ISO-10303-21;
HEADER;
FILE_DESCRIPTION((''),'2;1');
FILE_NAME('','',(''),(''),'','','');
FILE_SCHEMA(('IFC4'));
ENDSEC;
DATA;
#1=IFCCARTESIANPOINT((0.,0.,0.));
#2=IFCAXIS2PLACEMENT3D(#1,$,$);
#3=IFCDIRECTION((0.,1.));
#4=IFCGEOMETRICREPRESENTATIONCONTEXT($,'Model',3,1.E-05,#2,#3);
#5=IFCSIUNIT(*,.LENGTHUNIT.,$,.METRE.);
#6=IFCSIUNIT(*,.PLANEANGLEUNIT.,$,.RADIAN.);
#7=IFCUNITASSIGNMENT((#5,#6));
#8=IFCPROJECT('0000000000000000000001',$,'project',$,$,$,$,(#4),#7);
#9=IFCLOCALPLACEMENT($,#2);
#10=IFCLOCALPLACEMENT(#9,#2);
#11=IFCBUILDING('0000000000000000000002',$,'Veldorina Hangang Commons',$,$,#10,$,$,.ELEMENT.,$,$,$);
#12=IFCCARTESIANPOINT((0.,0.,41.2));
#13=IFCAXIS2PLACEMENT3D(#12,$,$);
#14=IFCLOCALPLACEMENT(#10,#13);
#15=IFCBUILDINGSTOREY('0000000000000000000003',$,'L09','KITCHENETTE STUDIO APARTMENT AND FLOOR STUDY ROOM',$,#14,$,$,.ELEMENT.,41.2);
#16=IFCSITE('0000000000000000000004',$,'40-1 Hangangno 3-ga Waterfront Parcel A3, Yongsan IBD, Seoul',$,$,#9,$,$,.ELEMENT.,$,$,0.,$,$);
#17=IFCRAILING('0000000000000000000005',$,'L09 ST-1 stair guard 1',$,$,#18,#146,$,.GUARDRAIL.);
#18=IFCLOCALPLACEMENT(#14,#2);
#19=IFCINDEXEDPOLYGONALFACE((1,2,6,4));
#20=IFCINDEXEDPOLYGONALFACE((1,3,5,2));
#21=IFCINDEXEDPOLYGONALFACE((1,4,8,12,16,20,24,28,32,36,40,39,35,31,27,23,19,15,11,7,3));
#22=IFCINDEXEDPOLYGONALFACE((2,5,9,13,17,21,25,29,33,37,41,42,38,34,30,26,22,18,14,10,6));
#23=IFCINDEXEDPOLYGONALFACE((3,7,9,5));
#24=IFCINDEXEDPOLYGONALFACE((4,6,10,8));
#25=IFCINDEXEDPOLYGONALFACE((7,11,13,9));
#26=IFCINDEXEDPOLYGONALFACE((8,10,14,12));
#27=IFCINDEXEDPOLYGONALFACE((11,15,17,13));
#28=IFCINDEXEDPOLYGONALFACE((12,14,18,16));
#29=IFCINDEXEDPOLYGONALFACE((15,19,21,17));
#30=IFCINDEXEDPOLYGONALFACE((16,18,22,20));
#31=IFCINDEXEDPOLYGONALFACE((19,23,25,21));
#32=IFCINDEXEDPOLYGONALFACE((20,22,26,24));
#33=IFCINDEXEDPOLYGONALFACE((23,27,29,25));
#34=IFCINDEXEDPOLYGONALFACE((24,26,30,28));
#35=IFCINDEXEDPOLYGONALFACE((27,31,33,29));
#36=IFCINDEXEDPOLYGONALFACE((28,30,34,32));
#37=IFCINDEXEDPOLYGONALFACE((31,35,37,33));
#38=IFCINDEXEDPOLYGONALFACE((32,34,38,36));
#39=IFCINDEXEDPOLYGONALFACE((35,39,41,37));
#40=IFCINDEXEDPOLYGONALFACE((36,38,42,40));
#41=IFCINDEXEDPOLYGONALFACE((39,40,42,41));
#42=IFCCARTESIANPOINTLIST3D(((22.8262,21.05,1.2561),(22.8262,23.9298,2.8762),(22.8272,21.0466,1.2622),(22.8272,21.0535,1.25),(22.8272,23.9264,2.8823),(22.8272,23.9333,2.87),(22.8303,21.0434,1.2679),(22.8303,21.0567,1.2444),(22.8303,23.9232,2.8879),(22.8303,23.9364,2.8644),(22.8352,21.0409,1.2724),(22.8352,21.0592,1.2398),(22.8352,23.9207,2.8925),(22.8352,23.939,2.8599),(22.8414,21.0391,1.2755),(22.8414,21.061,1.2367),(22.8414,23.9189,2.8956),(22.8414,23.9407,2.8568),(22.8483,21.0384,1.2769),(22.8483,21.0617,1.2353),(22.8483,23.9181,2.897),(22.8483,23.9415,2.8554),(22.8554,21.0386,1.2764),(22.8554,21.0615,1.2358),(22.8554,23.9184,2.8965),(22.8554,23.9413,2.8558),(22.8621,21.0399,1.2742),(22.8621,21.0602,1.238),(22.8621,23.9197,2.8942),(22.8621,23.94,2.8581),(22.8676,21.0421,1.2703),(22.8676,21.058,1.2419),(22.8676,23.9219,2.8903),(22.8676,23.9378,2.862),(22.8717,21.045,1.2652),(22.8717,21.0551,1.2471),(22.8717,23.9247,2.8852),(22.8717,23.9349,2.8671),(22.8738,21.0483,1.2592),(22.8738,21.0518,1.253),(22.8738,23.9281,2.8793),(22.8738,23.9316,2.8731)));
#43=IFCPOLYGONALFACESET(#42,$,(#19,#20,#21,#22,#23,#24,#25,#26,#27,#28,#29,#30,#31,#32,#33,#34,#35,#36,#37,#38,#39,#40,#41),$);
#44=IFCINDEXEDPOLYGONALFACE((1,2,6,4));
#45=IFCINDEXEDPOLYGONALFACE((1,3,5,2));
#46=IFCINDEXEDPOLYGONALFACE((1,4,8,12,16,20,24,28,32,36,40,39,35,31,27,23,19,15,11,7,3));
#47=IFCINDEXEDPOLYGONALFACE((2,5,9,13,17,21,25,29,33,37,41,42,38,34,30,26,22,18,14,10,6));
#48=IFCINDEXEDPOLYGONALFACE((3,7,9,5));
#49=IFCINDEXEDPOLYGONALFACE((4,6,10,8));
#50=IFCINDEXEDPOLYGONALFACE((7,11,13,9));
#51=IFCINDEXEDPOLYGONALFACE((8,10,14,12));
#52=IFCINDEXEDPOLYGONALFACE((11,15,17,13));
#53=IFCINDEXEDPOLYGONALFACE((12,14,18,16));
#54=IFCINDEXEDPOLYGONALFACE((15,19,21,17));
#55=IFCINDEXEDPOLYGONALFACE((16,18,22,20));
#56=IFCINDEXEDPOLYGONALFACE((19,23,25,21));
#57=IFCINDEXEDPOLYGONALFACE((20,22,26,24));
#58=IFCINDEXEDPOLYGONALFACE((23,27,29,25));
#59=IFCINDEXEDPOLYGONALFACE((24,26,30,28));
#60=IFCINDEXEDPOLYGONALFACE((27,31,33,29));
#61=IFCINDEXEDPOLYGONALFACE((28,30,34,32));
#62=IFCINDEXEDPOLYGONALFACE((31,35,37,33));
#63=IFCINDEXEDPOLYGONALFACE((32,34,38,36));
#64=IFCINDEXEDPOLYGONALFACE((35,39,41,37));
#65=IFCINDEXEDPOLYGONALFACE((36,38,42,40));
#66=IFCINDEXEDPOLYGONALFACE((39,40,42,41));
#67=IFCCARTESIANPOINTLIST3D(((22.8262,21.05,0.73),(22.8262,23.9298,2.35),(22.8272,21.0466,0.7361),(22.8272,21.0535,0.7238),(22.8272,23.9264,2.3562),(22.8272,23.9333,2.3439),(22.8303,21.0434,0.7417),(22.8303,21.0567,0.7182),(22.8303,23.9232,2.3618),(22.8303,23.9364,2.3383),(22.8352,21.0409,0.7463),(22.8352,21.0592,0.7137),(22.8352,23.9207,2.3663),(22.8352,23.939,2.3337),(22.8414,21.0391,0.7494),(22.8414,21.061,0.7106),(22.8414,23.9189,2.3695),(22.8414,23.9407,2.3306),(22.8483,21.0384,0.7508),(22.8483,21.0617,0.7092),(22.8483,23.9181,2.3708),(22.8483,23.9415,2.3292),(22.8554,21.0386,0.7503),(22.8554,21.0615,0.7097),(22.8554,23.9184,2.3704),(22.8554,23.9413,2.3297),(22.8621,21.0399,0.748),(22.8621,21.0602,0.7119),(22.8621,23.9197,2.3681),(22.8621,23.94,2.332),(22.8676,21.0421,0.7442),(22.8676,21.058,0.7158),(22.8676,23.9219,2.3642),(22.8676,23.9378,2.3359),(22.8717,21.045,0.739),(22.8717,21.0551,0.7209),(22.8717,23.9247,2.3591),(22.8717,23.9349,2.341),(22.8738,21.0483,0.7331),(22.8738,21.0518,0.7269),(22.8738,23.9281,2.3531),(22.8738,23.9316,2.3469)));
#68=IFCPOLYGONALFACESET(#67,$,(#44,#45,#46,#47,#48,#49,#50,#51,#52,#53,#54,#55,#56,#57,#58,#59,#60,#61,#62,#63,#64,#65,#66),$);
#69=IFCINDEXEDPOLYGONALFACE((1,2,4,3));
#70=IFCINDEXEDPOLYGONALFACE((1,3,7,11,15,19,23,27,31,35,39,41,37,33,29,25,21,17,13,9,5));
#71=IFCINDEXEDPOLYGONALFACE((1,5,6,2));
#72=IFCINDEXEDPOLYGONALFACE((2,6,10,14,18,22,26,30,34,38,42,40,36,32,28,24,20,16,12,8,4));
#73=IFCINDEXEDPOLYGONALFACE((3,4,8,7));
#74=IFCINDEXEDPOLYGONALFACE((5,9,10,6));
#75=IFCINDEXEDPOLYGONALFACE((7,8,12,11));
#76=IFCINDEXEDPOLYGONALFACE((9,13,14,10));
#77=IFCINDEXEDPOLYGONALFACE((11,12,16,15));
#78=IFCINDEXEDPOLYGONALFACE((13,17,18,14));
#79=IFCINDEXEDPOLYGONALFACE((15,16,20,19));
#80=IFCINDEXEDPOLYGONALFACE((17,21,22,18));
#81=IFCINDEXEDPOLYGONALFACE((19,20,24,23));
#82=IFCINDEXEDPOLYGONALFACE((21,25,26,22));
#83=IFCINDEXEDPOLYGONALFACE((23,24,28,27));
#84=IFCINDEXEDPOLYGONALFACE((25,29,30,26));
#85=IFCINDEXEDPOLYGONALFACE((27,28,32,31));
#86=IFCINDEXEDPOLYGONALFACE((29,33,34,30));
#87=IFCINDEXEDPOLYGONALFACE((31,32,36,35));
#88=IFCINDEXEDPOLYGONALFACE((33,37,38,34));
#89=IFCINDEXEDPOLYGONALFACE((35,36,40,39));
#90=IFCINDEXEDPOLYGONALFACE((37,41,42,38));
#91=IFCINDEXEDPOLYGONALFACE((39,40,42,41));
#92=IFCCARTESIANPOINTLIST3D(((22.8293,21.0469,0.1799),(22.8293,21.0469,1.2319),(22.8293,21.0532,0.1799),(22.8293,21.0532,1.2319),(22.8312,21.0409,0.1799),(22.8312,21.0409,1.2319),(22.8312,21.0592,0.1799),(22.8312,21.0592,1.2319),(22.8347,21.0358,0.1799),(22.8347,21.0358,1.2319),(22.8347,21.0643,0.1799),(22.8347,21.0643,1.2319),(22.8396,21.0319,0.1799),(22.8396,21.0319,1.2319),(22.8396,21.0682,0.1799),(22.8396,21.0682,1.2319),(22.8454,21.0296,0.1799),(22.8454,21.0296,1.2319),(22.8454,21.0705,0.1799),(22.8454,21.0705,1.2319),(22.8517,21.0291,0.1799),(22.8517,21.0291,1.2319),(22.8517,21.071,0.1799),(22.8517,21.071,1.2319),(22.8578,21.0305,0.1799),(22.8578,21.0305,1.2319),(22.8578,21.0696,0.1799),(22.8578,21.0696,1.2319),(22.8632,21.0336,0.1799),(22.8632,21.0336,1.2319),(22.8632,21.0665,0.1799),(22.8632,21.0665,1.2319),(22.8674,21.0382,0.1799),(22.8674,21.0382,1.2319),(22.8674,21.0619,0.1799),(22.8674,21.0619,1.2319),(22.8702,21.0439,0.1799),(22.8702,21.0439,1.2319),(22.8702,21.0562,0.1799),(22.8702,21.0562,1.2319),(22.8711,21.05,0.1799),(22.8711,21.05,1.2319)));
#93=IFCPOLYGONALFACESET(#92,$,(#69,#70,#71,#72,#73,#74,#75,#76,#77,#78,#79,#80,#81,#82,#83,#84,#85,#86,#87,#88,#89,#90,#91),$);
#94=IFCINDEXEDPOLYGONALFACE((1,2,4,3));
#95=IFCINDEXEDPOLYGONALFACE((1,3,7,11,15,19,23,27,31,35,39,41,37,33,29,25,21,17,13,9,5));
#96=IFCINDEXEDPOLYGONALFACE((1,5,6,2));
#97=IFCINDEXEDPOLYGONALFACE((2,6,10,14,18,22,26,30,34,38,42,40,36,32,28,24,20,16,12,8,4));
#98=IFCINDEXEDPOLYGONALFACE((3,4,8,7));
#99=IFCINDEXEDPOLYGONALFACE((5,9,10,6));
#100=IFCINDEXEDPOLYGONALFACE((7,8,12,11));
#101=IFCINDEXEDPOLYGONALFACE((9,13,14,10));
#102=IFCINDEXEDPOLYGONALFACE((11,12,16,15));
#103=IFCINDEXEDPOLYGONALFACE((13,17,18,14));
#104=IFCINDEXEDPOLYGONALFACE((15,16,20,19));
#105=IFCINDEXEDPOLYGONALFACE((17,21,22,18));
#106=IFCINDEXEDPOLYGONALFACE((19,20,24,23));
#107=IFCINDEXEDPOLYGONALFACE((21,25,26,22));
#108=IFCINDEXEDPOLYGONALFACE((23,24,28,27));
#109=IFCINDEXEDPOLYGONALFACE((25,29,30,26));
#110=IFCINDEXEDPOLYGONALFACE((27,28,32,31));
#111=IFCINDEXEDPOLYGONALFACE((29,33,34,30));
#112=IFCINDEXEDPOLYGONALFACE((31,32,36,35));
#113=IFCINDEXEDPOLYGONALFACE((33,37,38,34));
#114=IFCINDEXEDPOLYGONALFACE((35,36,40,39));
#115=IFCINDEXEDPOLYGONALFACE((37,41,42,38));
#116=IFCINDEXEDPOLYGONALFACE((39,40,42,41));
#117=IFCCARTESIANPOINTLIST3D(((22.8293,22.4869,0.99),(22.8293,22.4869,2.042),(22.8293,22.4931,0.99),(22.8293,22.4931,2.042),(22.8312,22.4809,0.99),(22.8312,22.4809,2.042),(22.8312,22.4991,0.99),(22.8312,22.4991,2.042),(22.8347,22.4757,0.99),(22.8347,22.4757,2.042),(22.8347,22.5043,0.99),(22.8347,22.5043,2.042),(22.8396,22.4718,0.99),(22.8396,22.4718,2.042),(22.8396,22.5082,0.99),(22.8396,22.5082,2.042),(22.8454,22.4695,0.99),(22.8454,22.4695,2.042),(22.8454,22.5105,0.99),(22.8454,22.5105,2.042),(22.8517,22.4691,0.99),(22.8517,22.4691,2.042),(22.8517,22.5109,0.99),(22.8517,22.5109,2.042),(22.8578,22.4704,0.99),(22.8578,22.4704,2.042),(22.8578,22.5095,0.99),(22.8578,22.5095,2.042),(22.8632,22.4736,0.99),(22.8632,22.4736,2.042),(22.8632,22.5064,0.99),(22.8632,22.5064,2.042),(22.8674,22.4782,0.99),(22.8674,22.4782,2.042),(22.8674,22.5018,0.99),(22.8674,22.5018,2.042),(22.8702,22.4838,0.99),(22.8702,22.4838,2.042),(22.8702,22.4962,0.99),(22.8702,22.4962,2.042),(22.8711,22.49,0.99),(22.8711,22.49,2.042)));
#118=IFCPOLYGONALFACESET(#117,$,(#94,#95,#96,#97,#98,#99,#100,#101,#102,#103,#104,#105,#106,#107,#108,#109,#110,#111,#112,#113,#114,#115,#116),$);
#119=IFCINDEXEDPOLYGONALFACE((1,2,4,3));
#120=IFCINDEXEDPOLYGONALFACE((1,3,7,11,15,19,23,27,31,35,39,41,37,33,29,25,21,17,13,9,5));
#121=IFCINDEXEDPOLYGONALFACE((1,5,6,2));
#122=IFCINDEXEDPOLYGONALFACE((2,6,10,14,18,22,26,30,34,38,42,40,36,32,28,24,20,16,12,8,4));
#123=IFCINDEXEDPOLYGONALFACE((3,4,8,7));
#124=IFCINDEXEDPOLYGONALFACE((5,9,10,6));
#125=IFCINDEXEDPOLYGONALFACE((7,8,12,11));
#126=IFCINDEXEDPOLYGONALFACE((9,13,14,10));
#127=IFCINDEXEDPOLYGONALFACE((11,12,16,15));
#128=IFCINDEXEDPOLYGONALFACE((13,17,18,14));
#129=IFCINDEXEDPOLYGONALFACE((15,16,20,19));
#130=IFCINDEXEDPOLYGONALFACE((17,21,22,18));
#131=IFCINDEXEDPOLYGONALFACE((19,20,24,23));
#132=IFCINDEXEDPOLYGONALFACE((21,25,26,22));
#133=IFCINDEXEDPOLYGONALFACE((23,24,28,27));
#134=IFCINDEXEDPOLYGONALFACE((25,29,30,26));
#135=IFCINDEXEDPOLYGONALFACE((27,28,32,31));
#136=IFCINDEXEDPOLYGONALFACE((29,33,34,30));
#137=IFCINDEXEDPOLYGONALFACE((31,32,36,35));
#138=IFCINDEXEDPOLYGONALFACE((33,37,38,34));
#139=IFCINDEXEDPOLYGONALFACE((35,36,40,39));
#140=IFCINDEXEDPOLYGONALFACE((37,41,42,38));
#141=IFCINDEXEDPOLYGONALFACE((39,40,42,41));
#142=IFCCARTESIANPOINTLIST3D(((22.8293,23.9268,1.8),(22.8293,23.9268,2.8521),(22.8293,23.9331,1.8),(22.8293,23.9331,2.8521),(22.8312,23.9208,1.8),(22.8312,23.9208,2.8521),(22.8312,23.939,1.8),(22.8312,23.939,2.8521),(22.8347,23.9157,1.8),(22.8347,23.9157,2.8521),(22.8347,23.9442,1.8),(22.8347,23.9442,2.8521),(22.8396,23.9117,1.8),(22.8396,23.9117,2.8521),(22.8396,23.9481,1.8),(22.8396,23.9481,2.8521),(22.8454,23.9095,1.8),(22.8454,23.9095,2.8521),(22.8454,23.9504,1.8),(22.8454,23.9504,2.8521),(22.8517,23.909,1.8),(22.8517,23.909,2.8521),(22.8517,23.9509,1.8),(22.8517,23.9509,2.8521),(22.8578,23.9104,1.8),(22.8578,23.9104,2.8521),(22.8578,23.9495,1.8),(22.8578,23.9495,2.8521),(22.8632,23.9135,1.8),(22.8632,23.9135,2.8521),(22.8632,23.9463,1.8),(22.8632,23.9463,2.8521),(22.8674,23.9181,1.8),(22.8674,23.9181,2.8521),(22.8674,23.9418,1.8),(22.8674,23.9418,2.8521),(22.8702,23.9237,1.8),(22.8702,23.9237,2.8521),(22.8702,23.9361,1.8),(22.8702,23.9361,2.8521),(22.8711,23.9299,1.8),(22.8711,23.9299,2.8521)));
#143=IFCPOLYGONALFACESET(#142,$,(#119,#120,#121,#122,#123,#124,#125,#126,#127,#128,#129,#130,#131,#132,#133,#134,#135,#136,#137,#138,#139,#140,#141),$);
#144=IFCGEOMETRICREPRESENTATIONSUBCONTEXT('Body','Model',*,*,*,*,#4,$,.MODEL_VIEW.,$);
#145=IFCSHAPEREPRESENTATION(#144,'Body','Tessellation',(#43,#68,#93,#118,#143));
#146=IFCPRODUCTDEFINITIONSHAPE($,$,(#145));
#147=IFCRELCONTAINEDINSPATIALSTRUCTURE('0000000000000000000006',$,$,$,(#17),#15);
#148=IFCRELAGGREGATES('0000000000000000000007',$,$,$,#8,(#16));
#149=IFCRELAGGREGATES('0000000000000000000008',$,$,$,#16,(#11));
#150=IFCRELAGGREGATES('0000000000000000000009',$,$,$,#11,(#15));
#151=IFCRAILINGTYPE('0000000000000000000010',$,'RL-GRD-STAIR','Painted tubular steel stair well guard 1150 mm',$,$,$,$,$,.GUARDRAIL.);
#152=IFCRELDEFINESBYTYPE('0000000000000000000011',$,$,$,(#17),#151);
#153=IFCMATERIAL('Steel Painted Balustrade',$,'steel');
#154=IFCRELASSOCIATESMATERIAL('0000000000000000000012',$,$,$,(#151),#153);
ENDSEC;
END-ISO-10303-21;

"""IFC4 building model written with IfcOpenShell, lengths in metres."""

from ifc_helpers import new_model, si_unit, direction, frame, origin, origin_2d, place, context, subcontext, project, spatial, circle, extrude, material, type_object, element, save


model = new_model("IFC4")

# Units and contexts
model_context = context("Model", 3, precision=1e-05, world=origin(), true_north=direction((0.0, 1.0)))
body_context = subcontext(model_context, "Body", "Model", "MODEL_VIEW")
ifc_project = project(units=[si_unit("LENGTHUNIT", "METRE"), si_unit("PLANEANGLEUNIT", "RADIAN")], contexts=[model_context])

# Site, building, storey
site_placement = place(None, origin())
site = spatial("IfcSite", under=ifc_project, at=site_placement, Name="40-1 Hangangno 3-ga Waterfront Parcel A3, Yongsan IBD, Seoul", CompositionType="ELEMENT", RefElevation=0.0)
building_placement = place(site_placement, origin())
building = spatial("IfcBuilding", under=site, at=building_placement, Name="Veldorina Hangang Commons", CompositionType="ELEMENT")
storey_placement = place(building_placement, frame((0.0, 0.0, 41.2)))
storey = spatial("IfcBuildingStorey", under=building, at=storey_placement, Name="L09", Description="KITCHENETTE STUDIO APARTMENT AND FLOOR STUDY ROOM", CompositionType="ELEMENT", Elevation=41.2)

# Railing
ifc_material_1 = material(Name="Steel Painted Balustrade", Category="steel")
railing_type_1 = type_object("IfcRailingType", Name="RL-GRD-STAIR", Description="Painted tubular steel stair well guard 1150 mm", PredefinedType="GUARDRAIL", material=ifc_material_1)
railing_1_placement = place(storey_placement, frame((22.8501, 21.05, 0.1799)))
element("IfcRailing", 1, at=railing_1_placement, inside=storey, type_object=railing_type_1, Name="L09 ST-1 stair guard 1", PredefinedType="GUARDRAIL", context=body_context, shape_type="SweptSolid", body=[
    extrude(circle(Radius=0.0239, at=origin_2d()), frame((0.0, 0.0, 1.0762), z_axis=(0.0, 0.871552, 0.490303), x_axis=(-1.0, 0.0, 0.0)), (0.0, 0.0, 1.0), 3.3042),
    extrude(circle(Radius=0.0239, at=origin_2d()), frame((0.0, 0.0, 0.55), z_axis=(0.0, 0.871552, 0.490303), x_axis=(-1.0, 0.0, 0.0)), (0.0, 0.0, 1.0), 3.3042),
    extrude(circle(Radius=0.021, at=origin_2d()), origin(), (0.0, 0.0, 1.0), 1.052),
    extrude(circle(Radius=0.021, at=origin_2d()), frame((0.0, 1.4399, 0.8101)), (0.0, 0.0, 1.0), 1.052),
    extrude(circle(Radius=0.021, at=origin_2d()), frame((0.0, 2.8799, 1.6201)), (0.0, 0.0, 1.0), 1.052),
])

save(model, "model.ifc")
